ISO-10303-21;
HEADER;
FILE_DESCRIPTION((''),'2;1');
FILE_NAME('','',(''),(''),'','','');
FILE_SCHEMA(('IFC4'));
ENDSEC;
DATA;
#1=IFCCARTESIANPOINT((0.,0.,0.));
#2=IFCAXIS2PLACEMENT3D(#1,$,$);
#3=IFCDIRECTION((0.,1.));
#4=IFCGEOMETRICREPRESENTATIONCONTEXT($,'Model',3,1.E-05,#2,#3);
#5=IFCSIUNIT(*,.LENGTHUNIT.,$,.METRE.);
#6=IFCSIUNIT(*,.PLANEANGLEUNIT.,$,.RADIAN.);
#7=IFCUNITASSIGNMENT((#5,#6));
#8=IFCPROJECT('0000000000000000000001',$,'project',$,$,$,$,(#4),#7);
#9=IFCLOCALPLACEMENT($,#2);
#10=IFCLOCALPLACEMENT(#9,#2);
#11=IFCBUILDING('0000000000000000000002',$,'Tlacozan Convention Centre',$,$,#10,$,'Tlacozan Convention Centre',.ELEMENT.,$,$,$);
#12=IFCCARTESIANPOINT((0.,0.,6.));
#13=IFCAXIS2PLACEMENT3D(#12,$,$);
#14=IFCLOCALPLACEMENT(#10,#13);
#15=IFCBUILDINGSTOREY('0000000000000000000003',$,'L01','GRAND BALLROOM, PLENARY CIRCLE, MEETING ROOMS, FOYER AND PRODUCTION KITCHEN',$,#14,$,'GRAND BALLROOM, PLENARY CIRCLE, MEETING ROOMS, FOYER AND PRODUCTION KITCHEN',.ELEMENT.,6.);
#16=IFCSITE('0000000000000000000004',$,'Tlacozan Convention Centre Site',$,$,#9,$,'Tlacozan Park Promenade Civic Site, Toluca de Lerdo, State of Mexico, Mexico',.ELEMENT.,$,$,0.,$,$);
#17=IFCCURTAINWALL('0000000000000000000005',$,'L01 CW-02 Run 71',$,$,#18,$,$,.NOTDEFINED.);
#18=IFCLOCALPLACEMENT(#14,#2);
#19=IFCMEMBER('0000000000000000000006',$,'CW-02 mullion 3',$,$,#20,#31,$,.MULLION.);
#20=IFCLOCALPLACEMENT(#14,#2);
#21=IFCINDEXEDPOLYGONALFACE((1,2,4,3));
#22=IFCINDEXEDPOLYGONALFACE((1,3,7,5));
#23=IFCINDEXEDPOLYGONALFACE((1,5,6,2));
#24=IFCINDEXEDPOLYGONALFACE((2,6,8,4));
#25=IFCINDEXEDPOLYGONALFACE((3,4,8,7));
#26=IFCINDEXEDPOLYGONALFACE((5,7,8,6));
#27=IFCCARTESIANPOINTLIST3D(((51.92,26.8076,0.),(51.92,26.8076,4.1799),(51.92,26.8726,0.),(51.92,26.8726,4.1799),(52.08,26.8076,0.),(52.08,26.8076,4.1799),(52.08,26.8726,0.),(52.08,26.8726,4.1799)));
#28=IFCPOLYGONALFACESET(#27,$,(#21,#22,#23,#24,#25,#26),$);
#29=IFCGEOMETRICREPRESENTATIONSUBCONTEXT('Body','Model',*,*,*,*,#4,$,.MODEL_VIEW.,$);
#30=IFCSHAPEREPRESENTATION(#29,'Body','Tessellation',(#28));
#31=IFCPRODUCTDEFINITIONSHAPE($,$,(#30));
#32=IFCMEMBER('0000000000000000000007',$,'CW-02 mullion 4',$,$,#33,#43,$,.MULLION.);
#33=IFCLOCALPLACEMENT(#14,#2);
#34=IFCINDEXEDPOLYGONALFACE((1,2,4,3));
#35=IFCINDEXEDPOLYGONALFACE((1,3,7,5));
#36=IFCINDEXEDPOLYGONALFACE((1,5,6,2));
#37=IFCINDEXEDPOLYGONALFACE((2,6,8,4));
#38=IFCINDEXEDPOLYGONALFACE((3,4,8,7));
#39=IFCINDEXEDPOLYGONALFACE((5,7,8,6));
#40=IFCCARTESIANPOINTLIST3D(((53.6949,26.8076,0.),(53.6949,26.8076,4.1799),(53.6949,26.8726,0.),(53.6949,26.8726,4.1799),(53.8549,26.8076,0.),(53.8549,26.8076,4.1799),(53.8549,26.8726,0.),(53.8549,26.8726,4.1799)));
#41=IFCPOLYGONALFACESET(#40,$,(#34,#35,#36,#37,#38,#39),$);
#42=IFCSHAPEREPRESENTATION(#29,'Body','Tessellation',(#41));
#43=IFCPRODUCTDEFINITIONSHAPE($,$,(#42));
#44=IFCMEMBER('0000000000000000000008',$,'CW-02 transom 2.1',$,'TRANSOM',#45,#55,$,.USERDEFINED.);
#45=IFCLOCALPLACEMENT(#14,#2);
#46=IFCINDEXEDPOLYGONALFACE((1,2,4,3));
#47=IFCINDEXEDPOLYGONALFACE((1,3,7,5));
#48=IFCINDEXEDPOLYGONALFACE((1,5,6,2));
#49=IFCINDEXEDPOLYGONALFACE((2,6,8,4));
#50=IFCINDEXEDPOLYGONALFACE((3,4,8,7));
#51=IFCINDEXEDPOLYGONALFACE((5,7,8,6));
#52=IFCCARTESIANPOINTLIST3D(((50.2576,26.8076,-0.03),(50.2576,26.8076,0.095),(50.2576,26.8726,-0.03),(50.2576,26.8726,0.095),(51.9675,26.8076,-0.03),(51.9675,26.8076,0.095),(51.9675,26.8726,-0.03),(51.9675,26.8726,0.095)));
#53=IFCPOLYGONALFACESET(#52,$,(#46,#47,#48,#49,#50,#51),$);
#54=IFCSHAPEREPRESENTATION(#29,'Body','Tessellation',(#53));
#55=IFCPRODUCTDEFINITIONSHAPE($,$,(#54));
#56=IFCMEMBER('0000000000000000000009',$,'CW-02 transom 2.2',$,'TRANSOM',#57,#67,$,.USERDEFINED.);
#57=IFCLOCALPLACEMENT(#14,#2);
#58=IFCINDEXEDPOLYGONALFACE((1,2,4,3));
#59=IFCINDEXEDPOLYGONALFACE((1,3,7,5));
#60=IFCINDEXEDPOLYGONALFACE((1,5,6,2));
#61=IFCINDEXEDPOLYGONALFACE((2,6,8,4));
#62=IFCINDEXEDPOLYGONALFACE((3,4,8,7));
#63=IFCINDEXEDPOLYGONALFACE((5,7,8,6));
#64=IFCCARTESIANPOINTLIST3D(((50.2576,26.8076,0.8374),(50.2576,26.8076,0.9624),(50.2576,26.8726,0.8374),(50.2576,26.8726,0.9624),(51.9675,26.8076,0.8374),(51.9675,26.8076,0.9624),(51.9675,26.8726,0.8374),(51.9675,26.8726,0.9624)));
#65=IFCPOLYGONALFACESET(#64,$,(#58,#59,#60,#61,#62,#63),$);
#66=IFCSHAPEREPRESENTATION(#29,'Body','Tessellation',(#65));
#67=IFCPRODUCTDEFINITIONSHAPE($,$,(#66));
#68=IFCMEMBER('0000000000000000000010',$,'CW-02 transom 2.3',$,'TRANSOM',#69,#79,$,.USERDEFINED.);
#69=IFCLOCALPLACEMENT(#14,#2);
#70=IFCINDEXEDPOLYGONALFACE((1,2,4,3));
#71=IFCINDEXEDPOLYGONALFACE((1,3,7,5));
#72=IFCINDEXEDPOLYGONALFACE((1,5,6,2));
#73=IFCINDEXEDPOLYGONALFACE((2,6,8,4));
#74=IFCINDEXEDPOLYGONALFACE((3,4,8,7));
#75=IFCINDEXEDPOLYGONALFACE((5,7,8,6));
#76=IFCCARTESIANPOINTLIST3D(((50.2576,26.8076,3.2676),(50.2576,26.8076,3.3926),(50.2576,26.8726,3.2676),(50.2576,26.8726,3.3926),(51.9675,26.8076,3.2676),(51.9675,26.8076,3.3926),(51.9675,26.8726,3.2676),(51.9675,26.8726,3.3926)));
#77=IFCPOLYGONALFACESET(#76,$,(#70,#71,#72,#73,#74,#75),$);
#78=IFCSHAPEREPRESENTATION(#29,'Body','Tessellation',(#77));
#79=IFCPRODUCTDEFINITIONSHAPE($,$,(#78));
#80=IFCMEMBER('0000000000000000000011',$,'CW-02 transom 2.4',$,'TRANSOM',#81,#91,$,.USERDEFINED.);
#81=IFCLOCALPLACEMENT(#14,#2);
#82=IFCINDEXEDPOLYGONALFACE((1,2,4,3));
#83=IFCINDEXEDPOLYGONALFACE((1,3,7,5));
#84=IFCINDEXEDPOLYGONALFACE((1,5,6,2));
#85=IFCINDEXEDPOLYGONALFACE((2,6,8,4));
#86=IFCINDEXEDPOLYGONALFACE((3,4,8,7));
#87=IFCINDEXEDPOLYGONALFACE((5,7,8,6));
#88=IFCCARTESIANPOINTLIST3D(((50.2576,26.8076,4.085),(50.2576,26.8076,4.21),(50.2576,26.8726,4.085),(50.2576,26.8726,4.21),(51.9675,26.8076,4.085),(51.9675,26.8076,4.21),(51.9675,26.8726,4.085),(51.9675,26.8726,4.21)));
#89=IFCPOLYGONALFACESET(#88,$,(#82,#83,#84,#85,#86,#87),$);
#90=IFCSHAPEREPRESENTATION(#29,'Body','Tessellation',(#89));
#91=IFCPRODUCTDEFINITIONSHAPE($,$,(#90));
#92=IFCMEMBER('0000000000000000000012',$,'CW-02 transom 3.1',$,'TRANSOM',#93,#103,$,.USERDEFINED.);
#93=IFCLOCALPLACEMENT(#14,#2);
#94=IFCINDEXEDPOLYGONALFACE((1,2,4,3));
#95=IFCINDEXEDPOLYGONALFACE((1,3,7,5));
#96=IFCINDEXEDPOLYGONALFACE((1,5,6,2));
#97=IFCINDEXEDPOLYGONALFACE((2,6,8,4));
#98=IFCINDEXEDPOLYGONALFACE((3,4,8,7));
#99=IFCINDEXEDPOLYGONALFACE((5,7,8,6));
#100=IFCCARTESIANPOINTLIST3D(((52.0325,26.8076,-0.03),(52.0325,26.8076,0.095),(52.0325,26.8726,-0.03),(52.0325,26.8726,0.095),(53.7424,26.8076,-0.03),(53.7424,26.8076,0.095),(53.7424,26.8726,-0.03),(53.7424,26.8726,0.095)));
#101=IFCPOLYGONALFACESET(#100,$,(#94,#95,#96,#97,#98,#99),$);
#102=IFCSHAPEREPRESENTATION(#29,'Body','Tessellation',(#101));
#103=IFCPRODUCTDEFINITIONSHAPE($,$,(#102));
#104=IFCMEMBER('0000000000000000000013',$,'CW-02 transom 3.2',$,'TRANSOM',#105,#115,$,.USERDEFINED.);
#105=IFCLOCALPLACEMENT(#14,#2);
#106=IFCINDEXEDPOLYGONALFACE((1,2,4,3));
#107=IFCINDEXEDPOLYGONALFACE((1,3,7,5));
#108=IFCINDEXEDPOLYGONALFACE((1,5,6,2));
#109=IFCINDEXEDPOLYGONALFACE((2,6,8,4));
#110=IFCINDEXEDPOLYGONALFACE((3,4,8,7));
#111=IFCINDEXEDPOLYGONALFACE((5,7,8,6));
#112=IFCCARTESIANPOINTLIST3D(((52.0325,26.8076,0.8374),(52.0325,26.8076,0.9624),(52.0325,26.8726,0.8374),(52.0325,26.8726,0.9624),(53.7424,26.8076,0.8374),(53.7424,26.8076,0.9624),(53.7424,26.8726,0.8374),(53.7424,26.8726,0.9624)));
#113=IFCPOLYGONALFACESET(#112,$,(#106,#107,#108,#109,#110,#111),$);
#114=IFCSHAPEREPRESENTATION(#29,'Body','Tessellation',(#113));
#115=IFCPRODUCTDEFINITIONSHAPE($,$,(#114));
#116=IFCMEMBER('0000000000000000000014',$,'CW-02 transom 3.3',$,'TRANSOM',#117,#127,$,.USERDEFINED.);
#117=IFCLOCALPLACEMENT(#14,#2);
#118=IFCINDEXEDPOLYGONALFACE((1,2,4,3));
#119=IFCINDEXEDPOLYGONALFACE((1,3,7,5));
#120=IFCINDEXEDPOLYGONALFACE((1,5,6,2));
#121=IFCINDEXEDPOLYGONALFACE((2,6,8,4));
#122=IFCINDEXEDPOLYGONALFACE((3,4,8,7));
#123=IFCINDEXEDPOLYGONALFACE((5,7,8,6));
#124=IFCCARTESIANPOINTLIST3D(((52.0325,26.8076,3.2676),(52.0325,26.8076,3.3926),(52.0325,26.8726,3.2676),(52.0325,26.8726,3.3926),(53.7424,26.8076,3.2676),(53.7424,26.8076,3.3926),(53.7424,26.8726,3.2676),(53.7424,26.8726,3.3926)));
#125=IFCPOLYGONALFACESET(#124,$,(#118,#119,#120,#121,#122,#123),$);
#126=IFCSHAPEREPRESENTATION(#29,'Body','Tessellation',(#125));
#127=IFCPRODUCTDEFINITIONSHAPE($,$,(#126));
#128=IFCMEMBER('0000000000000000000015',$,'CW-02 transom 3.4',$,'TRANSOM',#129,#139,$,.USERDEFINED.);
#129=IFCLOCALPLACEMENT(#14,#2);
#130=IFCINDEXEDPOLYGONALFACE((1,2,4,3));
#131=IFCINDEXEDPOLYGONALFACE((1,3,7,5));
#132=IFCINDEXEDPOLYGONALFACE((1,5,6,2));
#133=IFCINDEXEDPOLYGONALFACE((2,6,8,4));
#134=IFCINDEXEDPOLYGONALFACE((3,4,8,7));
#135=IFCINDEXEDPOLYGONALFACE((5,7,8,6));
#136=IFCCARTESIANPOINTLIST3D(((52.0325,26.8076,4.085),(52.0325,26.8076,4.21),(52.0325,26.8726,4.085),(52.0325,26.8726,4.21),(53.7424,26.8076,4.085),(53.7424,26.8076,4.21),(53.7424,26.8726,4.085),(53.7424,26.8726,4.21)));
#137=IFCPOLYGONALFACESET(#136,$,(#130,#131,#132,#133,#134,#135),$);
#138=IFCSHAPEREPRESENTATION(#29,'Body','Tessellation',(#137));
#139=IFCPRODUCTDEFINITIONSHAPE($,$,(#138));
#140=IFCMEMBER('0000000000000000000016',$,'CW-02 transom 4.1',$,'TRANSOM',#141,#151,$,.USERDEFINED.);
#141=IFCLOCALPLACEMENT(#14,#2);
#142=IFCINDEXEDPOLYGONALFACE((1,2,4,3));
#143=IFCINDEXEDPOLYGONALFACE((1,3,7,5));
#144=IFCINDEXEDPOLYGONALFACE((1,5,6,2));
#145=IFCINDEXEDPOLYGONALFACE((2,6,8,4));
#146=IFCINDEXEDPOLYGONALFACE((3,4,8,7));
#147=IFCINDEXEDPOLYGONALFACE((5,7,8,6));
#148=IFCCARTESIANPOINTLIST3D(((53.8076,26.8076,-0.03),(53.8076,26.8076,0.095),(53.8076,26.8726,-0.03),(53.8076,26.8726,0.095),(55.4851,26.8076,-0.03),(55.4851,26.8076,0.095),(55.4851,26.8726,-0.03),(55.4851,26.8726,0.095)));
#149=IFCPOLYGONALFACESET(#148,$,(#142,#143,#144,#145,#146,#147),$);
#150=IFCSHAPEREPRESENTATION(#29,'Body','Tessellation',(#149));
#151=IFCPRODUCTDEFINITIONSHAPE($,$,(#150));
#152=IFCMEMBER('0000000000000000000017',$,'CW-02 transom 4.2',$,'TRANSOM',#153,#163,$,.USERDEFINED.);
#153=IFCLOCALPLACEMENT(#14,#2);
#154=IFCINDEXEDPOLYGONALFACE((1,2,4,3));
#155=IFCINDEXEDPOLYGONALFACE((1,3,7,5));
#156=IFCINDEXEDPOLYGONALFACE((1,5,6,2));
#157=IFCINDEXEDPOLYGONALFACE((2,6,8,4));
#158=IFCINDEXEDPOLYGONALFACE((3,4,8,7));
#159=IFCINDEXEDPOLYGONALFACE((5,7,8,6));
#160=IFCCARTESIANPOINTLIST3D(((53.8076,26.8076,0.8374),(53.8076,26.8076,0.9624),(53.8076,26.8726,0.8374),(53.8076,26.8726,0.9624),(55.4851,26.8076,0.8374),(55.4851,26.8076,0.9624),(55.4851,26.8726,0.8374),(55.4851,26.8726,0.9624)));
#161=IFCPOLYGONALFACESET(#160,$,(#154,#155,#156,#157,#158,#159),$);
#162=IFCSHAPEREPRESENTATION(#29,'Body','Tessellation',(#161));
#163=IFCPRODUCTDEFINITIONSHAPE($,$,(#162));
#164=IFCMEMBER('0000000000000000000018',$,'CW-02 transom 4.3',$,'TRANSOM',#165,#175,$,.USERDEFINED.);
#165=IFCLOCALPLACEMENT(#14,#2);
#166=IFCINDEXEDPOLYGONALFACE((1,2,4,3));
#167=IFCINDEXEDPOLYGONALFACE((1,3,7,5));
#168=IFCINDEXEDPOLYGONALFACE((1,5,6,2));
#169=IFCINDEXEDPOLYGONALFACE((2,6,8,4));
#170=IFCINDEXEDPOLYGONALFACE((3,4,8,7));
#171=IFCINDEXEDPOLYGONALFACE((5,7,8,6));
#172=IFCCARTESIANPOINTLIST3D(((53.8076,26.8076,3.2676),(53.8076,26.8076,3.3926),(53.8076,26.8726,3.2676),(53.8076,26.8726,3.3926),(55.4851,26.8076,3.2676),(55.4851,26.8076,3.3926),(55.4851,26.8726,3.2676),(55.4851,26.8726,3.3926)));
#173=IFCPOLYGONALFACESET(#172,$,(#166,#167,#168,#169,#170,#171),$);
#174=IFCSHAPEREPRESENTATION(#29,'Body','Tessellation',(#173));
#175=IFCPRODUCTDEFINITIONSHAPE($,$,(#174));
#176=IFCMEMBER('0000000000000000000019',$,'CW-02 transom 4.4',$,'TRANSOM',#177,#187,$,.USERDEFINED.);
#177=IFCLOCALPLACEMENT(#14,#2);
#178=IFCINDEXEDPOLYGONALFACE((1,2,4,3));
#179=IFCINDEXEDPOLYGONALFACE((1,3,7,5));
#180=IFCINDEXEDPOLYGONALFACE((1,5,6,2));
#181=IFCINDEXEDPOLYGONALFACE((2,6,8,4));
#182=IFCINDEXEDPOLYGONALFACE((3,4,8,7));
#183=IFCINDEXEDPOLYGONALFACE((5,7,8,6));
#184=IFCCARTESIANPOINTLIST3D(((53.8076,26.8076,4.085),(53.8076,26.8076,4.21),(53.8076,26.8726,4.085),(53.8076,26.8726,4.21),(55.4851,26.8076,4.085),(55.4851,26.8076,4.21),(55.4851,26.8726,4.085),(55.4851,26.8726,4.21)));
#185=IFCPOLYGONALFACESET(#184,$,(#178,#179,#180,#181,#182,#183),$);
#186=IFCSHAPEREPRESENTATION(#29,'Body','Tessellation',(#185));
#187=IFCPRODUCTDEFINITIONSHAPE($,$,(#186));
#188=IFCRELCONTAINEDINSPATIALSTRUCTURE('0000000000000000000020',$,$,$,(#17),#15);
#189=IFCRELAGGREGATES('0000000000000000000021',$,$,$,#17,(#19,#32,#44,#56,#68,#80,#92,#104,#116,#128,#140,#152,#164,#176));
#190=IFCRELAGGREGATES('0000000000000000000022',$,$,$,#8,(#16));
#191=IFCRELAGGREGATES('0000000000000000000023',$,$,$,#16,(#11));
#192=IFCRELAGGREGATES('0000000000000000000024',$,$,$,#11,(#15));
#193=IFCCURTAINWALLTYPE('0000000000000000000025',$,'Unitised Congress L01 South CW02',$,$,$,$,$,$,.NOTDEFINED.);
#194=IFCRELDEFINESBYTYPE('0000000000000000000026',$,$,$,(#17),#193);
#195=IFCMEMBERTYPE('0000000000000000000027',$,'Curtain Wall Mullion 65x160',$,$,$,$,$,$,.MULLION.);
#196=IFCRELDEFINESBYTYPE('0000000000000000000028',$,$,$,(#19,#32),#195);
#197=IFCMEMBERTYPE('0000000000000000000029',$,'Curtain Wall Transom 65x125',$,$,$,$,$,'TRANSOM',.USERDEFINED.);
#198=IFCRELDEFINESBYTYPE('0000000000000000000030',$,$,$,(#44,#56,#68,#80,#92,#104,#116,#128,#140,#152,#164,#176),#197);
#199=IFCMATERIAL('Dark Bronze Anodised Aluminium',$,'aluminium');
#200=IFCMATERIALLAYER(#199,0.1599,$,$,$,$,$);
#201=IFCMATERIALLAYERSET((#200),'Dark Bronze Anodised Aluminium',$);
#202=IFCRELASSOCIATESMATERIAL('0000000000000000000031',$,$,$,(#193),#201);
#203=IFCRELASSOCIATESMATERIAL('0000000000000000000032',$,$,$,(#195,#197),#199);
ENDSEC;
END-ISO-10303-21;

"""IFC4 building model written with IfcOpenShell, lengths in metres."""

from ifc_helpers import new_model, si_unit, direction, frame, origin, origin_2d, place, context, subcontext, project, spatial, rectangle, extrude, material, layer, layer_set, material_profile, profile_set, type_object, element, aggregate, save


model = new_model("IFC4")

# Units and contexts
model_context = context("Model", 3, precision=1e-05, world=origin(), true_north=direction((0.0, 1.0)))
body_context = subcontext(model_context, "Body", "Model", "MODEL_VIEW")
ifc_project = project(units=[si_unit("LENGTHUNIT", "METRE"), si_unit("PLANEANGLEUNIT", "RADIAN")], contexts=[model_context])

# Site, building, storey
site_placement = place(None, origin())
site = spatial("IfcSite", under=ifc_project, at=site_placement, Name="Tlacozan Convention Centre Site", LongName="Tlacozan Park Promenade Civic Site, Toluca de Lerdo, State of Mexico, Mexico", CompositionType="ELEMENT", RefElevation=0.0)
building_placement = place(site_placement, origin())
building = spatial("IfcBuilding", under=site, at=building_placement, Name="Tlacozan Convention Centre", LongName="Tlacozan Convention Centre", CompositionType="ELEMENT")
storey_placement = place(building_placement, frame((0.0, 0.0, 6.0)))
storey = spatial("IfcBuildingStorey", under=building, at=storey_placement, Name="L01", Description="GRAND BALLROOM, PLENARY CIRCLE, MEETING ROOMS, FOYER AND PRODUCTION KITCHEN", LongName="GRAND BALLROOM, PLENARY CIRCLE, MEETING ROOMS, FOYER AND PRODUCTION KITCHEN", CompositionType="ELEMENT", Elevation=6.0)

# Curtain wall, members
ifc_material_1 = material(Name="Dark Bronze Anodised Aluminium", Category="aluminium")
ifc_layer_1 = layer(ifc_material_1, 0.1599)
ifc_layer_set_1 = layer_set([ifc_layer_1], Name="Dark Bronze Anodised Aluminium")
curtain_wall_type = type_object("IfcCurtainWallType", Name="Unitised Congress L01 South CW02", PredefinedType="NOTDEFINED", material=ifc_layer_set_1)
curtain_wall_placement = place(storey_placement, origin())
curtain_wall = element("IfcCurtainWall", 1, at=curtain_wall_placement, inside=storey, type_object=curtain_wall_type, Name="L01 CW-02 Run 71", PredefinedType="NOTDEFINED")
ifc_material_profile_1 = material_profile(ifc_material_1, rectangle(XDim=0.0649, YDim=0.1599, at=origin_2d()), Name="ALU 65x160")
ifc_profile_set_1 = profile_set([ifc_material_profile_1], Name="Dark Bronze Anodised Aluminium")
member_type_1 = type_object("IfcMemberType", Name="Curtain Wall Mullion 65x160", PredefinedType="MULLION", material=ifc_profile_set_1)
member_1_placement = place(storey_placement, frame((52.0, 26.8401, 0.0), z_axis=(0.0, 0.0, 1.0), x_axis=(0.0, 1.0, 0.0)))
member_1 = element("IfcMember", 2, at=member_1_placement, type_object=member_type_1, Name="CW-02 mullion 3", PredefinedType="MULLION", context=body_context, shape_type="SweptSolid", body=[
    extrude(rectangle(XDim=0.0649, YDim=0.1599, at=origin_2d()), origin(), (0.0, 0.0, 1.0), 4.1799),
])
member_2_placement = place(storey_placement, frame((53.7749, 26.8401, 0.0), z_axis=(0.0, 0.0, 1.0), x_axis=(0.0, 1.0, 0.0)))
member_2 = element("IfcMember", 3, at=member_2_placement, type_object=member_type_1, Name="CW-02 mullion 4", PredefinedType="MULLION", context=body_context, shape_type="SweptSolid", body=[
    extrude(rectangle(XDim=0.0649, YDim=0.1599, at=origin_2d()), origin(), (0.0, 0.0, 1.0), 4.1799),
])
ifc_material_profile_2 = material_profile(ifc_material_1, rectangle(XDim=0.0649, YDim=0.125, at=origin_2d()), Name="ALU 65x125")
ifc_profile_set_2 = profile_set([ifc_material_profile_2], Name="Dark Bronze Anodised Aluminium")
member_type_2 = type_object("IfcMemberType", Name="Curtain Wall Transom 65x125", ElementType="TRANSOM", PredefinedType="USERDEFINED", material=ifc_profile_set_2)
member_3_placement = place(storey_placement, frame((50.2576, 26.8401, 0.0325), z_axis=(1.0, 0.0, 0.0), x_axis=(0.0, 1.0, 0.0)))
member_3 = element("IfcMember", 4, at=member_3_placement, type_object=member_type_2, Name="CW-02 transom 2.1", ObjectType="TRANSOM", PredefinedType="USERDEFINED", context=body_context, shape_type="SweptSolid", body=[
    extrude(rectangle(XDim=0.0649, YDim=0.125, at=origin_2d()), origin(), (0.0, 0.0, 1.0), 1.71),
])
member_4_placement = place(storey_placement, frame((50.2576, 26.8401, 0.8999), z_axis=(1.0, 0.0, 0.0), x_axis=(0.0, 1.0, 0.0)))
member_4 = element("IfcMember", 5, at=member_4_placement, type_object=member_type_2, Name="CW-02 transom 2.2", ObjectType="TRANSOM", PredefinedType="USERDEFINED", context=body_context, shape_type="SweptSolid", body=[
    extrude(rectangle(XDim=0.0649, YDim=0.125, at=origin_2d()), origin(), (0.0, 0.0, 1.0), 1.71),
])
member_5_placement = place(storey_placement, frame((50.2576, 26.8401, 3.3301), z_axis=(1.0, 0.0, 0.0), x_axis=(0.0, 1.0, 0.0)))
member_5 = element("IfcMember", 6, at=member_5_placement, type_object=member_type_2, Name="CW-02 transom 2.3", ObjectType="TRANSOM", PredefinedType="USERDEFINED", context=body_context, shape_type="SweptSolid", body=[
    extrude(rectangle(XDim=0.0649, YDim=0.125, at=origin_2d()), origin(), (0.0, 0.0, 1.0), 1.71),
])
member_6_placement = place(storey_placement, frame((50.2576, 26.8401, 4.1475), z_axis=(1.0, 0.0, 0.0), x_axis=(0.0, 1.0, 0.0)))
member_6 = element("IfcMember", 7, at=member_6_placement, type_object=member_type_2, Name="CW-02 transom 2.4", ObjectType="TRANSOM", PredefinedType="USERDEFINED", context=body_context, shape_type="SweptSolid", body=[
    extrude(rectangle(XDim=0.0649, YDim=0.125, at=origin_2d()), origin(), (0.0, 0.0, 1.0), 1.71),
])
member_7_placement = place(storey_placement, frame((52.0325, 26.8401, 0.0325), z_axis=(1.0, 0.0, 0.0), x_axis=(0.0, 1.0, 0.0)))
member_7 = element("IfcMember", 8, at=member_7_placement, type_object=member_type_2, Name="CW-02 transom 3.1", ObjectType="TRANSOM", PredefinedType="USERDEFINED", context=body_context, shape_type="SweptSolid", body=[
    extrude(rectangle(XDim=0.0649, YDim=0.125, at=origin_2d()), origin(), (0.0, 0.0, 1.0), 1.71),
])
member_8_placement = place(storey_placement, frame((52.0325, 26.8401, 0.8999), z_axis=(1.0, 0.0, 0.0), x_axis=(0.0, 1.0, 0.0)))
member_8 = element("IfcMember", 9, at=member_8_placement, type_object=member_type_2, Name="CW-02 transom 3.2", ObjectType="TRANSOM", PredefinedType="USERDEFINED", context=body_context, shape_type="SweptSolid", body=[
    extrude(rectangle(XDim=0.0649, YDim=0.125, at=origin_2d()), origin(), (0.0, 0.0, 1.0), 1.71),
])
member_9_placement = place(storey_placement, frame((52.0325, 26.8401, 3.3301), z_axis=(1.0, 0.0, 0.0), x_axis=(0.0, 1.0, 0.0)))
member_9 = element("IfcMember", 10, at=member_9_placement, type_object=member_type_2, Name="CW-02 transom 3.3", ObjectType="TRANSOM", PredefinedType="USERDEFINED", context=body_context, shape_type="SweptSolid", body=[
    extrude(rectangle(XDim=0.0649, YDim=0.125, at=origin_2d()), origin(), (0.0, 0.0, 1.0), 1.71),
])
member_10_placement = place(storey_placement, frame((52.0325, 26.8401, 4.1475), z_axis=(1.0, 0.0, 0.0), x_axis=(0.0, 1.0, 0.0)))
member_10 = element("IfcMember", 11, at=member_10_placement, type_object=member_type_2, Name="CW-02 transom 3.4", ObjectType="TRANSOM", PredefinedType="USERDEFINED", context=body_context, shape_type="SweptSolid", body=[
    extrude(rectangle(XDim=0.0649, YDim=0.125, at=origin_2d()), origin(), (0.0, 0.0, 1.0), 1.71),
])
member_11_placement = place(storey_placement, frame((53.8076, 26.8401, 0.0325), z_axis=(1.0, 0.0, 0.0), x_axis=(0.0, 1.0, 0.0)))
member_11 = element("IfcMember", 12, at=member_11_placement, type_object=member_type_2, Name="CW-02 transom 4.1", ObjectType="TRANSOM", PredefinedType="USERDEFINED", context=body_context, shape_type="SweptSolid", body=[
    extrude(rectangle(XDim=0.0649, YDim=0.125, at=origin_2d()), origin(), (0.0, 0.0, 1.0), 1.6775),
])
member_12_placement = place(storey_placement, frame((53.8076, 26.8401, 0.8999), z_axis=(1.0, 0.0, 0.0), x_axis=(0.0, 1.0, 0.0)))
member_12 = element("IfcMember", 13, at=member_12_placement, type_object=member_type_2, Name="CW-02 transom 4.2", ObjectType="TRANSOM", PredefinedType="USERDEFINED", context=body_context, shape_type="SweptSolid", body=[
    extrude(rectangle(XDim=0.0649, YDim=0.125, at=origin_2d()), origin(), (0.0, 0.0, 1.0), 1.6775),
])
member_13_placement = place(storey_placement, frame((53.8076, 26.8401, 3.3301), z_axis=(1.0, 0.0, 0.0), x_axis=(0.0, 1.0, 0.0)))
member_13 = element("IfcMember", 14, at=member_13_placement, type_object=member_type_2, Name="CW-02 transom 4.3", ObjectType="TRANSOM", PredefinedType="USERDEFINED", context=body_context, shape_type="SweptSolid", body=[
    extrude(rectangle(XDim=0.0649, YDim=0.125, at=origin_2d()), origin(), (0.0, 0.0, 1.0), 1.6775),
])
member_14_placement = place(storey_placement, frame((53.8076, 26.8401, 4.1475), z_axis=(1.0, 0.0, 0.0), x_axis=(0.0, 1.0, 0.0)))
member_14 = element("IfcMember", 15, at=member_14_placement, type_object=member_type_2, Name="CW-02 transom 4.4", ObjectType="TRANSOM", PredefinedType="USERDEFINED", context=body_context, shape_type="SweptSolid", body=[
    extrude(rectangle(XDim=0.0649, YDim=0.125, at=origin_2d()), origin(), (0.0, 0.0, 1.0), 1.6775),
])
aggregate(curtain_wall, [member_1, member_2, member_3, member_4, member_5, member_6, member_7, member_8, member_9, member_10, member_11, member_12, member_13, member_14])

save(model, "model.ifc")
